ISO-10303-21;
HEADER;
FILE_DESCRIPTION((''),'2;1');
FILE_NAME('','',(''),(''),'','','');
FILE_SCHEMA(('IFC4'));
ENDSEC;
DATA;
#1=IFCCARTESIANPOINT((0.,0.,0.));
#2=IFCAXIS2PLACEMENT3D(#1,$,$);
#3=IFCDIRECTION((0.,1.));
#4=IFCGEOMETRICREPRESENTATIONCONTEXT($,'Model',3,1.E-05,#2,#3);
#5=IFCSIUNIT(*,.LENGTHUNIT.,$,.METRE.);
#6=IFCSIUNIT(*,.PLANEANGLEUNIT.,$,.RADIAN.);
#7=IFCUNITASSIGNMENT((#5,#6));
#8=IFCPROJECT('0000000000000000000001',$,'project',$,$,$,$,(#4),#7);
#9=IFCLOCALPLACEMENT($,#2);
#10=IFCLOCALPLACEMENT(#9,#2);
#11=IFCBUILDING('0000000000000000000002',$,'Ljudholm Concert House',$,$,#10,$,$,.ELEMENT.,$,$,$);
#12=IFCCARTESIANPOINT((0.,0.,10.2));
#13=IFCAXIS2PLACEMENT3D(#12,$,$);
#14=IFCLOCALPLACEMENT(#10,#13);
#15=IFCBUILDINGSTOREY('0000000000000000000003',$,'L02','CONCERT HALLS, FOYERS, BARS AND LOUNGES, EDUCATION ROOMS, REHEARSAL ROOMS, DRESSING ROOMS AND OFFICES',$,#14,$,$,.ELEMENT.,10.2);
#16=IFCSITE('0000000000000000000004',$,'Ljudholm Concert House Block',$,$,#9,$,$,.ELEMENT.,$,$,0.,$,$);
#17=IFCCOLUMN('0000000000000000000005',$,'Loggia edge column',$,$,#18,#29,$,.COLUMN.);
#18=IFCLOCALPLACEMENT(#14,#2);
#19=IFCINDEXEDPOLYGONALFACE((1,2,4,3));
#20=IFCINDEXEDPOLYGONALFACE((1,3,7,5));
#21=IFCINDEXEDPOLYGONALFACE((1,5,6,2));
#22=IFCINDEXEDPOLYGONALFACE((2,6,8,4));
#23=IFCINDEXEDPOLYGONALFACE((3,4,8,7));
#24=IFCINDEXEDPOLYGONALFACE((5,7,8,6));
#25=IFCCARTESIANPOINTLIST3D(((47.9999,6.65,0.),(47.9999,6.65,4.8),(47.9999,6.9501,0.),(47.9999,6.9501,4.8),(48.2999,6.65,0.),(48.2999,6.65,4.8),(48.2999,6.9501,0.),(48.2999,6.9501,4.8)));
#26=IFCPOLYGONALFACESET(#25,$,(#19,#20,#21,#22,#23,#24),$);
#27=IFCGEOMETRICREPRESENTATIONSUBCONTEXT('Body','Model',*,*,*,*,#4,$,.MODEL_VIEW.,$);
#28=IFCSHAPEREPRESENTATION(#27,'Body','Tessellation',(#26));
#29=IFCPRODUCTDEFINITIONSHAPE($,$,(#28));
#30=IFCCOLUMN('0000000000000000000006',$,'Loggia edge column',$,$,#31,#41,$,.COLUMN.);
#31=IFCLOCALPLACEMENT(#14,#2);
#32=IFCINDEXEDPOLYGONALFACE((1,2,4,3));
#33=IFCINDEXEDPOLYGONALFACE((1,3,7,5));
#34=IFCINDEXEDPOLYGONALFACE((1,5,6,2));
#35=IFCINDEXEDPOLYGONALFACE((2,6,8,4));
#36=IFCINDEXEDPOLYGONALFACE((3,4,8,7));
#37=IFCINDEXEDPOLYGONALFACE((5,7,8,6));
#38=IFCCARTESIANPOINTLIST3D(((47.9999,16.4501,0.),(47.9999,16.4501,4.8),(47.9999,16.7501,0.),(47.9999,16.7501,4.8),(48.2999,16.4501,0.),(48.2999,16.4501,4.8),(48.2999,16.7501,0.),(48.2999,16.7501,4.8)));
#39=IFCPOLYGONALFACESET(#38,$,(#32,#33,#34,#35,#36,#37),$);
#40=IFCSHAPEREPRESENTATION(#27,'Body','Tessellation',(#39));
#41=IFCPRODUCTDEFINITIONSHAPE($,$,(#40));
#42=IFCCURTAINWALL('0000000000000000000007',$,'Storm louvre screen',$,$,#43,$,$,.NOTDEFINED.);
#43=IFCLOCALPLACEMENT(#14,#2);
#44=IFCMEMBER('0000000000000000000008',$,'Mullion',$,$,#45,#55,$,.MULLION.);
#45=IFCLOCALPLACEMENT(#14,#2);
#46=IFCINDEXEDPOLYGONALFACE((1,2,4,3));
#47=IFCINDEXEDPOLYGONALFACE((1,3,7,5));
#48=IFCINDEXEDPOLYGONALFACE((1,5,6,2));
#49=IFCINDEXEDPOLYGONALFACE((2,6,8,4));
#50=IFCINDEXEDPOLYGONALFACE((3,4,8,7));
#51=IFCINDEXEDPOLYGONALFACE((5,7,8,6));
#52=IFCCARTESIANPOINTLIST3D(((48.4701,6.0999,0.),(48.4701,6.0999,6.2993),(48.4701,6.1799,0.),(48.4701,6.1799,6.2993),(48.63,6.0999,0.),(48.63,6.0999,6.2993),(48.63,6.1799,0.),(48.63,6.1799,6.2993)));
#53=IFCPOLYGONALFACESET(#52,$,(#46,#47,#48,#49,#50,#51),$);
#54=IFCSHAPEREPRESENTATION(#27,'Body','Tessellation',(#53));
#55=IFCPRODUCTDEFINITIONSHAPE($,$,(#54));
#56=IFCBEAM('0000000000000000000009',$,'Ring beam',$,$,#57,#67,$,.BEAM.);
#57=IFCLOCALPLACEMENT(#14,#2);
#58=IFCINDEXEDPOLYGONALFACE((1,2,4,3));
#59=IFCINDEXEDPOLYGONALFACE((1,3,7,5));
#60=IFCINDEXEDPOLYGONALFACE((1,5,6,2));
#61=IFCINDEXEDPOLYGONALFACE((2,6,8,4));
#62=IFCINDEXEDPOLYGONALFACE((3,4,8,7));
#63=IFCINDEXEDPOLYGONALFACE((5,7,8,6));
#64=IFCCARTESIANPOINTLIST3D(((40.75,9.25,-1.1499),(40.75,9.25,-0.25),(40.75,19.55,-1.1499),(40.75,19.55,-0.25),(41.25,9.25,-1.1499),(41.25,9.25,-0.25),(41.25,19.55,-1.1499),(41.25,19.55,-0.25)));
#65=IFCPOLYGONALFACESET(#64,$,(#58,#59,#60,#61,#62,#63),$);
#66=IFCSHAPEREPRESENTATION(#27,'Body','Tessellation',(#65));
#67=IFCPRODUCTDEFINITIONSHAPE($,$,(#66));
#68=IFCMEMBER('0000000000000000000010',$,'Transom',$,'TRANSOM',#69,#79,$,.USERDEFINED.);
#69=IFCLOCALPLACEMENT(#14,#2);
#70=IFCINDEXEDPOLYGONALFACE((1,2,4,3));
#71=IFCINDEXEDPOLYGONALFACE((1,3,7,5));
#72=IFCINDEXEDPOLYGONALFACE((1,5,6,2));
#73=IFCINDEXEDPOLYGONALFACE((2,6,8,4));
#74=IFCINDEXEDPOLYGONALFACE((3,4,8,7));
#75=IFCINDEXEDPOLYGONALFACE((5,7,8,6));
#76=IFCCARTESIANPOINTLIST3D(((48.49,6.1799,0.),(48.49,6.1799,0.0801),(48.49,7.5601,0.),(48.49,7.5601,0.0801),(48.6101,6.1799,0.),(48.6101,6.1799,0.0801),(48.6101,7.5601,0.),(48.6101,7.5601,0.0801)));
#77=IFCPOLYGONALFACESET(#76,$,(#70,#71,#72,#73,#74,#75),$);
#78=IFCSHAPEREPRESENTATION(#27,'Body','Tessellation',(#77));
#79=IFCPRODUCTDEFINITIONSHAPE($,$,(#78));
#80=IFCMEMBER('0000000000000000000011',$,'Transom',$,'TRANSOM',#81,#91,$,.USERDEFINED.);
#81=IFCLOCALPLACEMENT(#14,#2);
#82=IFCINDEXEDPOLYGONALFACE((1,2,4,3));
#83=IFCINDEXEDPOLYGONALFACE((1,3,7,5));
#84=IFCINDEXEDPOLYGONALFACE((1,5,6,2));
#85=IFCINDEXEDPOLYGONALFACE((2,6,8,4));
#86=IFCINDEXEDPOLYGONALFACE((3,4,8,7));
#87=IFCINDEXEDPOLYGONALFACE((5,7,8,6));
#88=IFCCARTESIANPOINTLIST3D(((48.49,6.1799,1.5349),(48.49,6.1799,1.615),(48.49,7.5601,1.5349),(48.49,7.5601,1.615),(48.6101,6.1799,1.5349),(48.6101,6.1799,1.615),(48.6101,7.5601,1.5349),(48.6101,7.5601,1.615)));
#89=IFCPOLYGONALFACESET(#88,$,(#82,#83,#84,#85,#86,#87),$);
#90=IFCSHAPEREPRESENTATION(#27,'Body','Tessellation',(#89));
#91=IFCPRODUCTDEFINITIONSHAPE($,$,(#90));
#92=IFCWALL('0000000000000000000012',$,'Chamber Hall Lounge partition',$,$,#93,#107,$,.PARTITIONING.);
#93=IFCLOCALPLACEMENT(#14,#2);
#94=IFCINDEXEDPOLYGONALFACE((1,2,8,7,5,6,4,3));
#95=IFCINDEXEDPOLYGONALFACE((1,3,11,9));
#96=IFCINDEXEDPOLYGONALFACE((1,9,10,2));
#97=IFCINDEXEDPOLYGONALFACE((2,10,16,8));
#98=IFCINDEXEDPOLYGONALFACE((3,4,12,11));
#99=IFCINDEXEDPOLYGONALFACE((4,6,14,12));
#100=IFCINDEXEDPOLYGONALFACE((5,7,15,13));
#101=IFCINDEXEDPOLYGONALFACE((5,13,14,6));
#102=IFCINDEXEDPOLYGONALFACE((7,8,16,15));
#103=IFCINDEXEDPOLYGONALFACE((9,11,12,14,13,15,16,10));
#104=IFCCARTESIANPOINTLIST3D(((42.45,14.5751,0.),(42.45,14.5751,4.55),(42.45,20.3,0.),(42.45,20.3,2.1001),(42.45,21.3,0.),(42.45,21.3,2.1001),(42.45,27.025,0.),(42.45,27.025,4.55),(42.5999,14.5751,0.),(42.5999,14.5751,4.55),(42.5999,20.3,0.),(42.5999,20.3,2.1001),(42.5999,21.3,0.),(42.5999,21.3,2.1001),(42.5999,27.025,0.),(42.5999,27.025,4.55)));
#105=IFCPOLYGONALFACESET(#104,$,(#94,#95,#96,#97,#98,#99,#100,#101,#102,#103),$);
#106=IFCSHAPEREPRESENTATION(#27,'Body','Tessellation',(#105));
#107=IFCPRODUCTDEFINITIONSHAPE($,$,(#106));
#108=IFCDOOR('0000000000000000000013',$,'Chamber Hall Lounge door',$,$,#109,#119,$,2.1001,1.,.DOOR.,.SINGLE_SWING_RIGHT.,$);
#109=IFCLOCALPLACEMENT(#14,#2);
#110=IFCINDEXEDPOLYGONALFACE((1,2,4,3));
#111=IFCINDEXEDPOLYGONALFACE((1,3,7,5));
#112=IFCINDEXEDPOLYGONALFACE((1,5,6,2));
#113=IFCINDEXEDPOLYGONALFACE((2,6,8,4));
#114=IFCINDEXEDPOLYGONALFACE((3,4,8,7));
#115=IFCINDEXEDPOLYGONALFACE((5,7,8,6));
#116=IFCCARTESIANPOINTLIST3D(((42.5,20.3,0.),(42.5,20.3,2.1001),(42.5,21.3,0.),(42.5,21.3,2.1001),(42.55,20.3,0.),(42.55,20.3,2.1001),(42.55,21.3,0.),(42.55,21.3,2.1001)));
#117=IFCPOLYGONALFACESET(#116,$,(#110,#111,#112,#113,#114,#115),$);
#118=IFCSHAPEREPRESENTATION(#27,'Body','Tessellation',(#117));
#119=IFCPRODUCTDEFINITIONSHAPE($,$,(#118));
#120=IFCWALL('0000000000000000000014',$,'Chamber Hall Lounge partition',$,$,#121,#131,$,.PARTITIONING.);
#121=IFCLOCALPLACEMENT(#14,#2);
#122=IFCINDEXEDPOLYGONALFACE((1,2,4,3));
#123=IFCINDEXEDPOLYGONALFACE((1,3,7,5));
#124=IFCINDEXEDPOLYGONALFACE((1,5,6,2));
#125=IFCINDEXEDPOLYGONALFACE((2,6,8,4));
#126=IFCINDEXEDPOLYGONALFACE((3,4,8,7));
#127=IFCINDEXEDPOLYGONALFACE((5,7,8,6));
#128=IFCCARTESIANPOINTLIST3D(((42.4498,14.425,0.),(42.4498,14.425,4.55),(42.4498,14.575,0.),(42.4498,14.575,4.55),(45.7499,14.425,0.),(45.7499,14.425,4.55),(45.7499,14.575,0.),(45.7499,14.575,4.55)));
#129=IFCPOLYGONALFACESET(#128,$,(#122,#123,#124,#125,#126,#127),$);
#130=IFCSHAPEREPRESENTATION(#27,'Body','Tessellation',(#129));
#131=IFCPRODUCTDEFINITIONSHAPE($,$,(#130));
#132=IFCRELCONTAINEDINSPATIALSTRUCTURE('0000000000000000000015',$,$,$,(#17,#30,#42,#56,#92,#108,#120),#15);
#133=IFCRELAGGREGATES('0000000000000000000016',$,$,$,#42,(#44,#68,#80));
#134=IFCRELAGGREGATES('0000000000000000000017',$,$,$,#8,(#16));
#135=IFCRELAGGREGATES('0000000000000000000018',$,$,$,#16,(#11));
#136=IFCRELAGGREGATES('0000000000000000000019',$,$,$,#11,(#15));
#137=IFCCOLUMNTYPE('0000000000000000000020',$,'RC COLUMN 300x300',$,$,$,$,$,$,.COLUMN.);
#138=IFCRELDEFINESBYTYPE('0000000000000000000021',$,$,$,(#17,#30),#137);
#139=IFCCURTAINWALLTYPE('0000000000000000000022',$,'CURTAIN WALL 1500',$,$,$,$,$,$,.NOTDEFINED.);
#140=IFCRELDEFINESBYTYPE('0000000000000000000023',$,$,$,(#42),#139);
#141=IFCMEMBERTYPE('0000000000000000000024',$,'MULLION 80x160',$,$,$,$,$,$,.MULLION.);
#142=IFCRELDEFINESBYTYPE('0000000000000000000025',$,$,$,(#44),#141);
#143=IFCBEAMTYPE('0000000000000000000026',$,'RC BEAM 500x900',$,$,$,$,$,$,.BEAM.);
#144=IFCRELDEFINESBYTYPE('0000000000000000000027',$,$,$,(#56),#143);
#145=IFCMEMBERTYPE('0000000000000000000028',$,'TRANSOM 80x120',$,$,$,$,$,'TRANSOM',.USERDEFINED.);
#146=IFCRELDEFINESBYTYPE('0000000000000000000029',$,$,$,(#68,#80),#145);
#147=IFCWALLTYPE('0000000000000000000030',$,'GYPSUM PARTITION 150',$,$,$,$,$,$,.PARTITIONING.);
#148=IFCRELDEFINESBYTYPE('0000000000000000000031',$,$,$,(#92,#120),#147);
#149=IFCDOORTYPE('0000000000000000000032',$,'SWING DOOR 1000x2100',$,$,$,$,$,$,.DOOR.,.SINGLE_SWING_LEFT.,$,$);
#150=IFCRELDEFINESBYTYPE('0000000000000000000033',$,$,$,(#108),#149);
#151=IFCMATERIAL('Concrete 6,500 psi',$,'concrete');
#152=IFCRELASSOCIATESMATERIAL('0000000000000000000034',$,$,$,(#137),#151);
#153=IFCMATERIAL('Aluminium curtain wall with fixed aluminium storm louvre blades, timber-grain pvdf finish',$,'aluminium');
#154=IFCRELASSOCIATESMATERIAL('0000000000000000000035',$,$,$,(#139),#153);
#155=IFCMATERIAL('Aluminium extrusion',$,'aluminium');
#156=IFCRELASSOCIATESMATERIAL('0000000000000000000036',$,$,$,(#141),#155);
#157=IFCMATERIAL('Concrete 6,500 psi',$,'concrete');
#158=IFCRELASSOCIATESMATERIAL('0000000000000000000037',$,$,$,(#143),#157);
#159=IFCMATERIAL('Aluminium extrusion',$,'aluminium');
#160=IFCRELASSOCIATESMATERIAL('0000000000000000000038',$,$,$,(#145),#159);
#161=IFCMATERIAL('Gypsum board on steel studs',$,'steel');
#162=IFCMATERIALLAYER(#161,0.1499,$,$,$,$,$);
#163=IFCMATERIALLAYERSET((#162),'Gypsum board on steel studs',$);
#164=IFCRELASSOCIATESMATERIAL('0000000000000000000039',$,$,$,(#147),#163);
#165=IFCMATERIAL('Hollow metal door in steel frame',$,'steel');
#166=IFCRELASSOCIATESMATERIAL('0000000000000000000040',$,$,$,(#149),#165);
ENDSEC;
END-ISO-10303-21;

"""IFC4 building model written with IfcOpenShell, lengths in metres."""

from ifc_helpers import new_model, si_unit, direction, frame, frame_2d, origin, origin_2d, place, context, subcontext, project, spatial, rectangle, extrude, material, layer, layer_set, material_profile, profile_set, type_object, element, fill, aggregate, save


model = new_model("IFC4")

# Units and contexts
model_context = context("Model", 3, precision=1e-05, world=origin(), true_north=direction((0.0, 1.0)))
body_context = subcontext(model_context, "Body", "Model", "MODEL_VIEW")
ifc_project = project(units=[si_unit("LENGTHUNIT", "METRE"), si_unit("PLANEANGLEUNIT", "RADIAN")], contexts=[model_context])

# Site, building, storey
site_placement = place(None, origin())
site = spatial("IfcSite", under=ifc_project, at=site_placement, Name="Ljudholm Concert House Block", CompositionType="ELEMENT", RefElevation=0.0)
building_placement = place(site_placement, origin())
building = spatial("IfcBuilding", under=site, at=building_placement, Name="Ljudholm Concert House", CompositionType="ELEMENT")
storey_placement = place(building_placement, frame((0.0, 0.0, 10.2)))
storey = spatial("IfcBuildingStorey", under=building, at=storey_placement, Name="L02", Description="CONCERT HALLS, FOYERS, BARS AND LOUNGES, EDUCATION ROOMS, REHEARSAL ROOMS, DRESSING ROOMS AND OFFICES", CompositionType="ELEMENT", Elevation=10.2)

# Columns
ifc_material_1 = material(Name="Concrete 6,500 psi", Category="concrete")
ifc_material_profile_1 = material_profile(ifc_material_1, rectangle(XDim=0.3, YDim=0.3, at=origin_2d()), Name="RC COLUMN 300x300")
ifc_profile_set_1 = profile_set([ifc_material_profile_1], Name="Concrete 6,500 psi")
column_type = type_object("IfcColumnType", Name="RC COLUMN 300x300", PredefinedType="COLUMN", material=ifc_profile_set_1)
for number, where, z_axis, x_axis, name in (
    (1, (48.1499, 6.8, 0.0), (0.0, 0.0, 1.0), (1.0, 0.0, 0.0), "Loggia edge column"),
    (2, (48.1499, 16.6001, 0.0), (0.0, 0.0, 1.0), (1.0, 0.0, 0.0), "Loggia edge column"),
):
    element("IfcColumn", number, at=place(storey_placement, frame(where, z_axis=z_axis, x_axis=x_axis)), inside=storey, type_object=column_type, Name=name, PredefinedType="COLUMN", context=body_context, shape_type="SweptSolid", body=[
        extrude(rectangle(XDim=0.3, YDim=0.3, at=origin_2d()), origin(), (0.0, 0.0, 1.0), 4.8),
    ])

# Curtain wall, member
ifc_material_2 = material(Name="Aluminium curtain wall with fixed aluminium storm louvre blades, timber-grain pvdf finish", Category="aluminium")
curtain_wall_type = type_object("IfcCurtainWallType", Name="CURTAIN WALL 1500", PredefinedType="NOTDEFINED", material=ifc_material_2)
curtain_wall_placement = place(storey_placement, origin())
curtain_wall = element("IfcCurtainWall", 3, at=curtain_wall_placement, inside=storey, type_object=curtain_wall_type, Name="Storm louvre screen", PredefinedType="NOTDEFINED")
ifc_material_3 = material(Name="Aluminium extrusion", Category="aluminium")
ifc_material_profile_2 = material_profile(ifc_material_3, rectangle(XDim=0.1599, YDim=0.0801, at=origin_2d()), Name="MULLION 80x160")
ifc_profile_set_2 = profile_set([ifc_material_profile_2], Name="Aluminium extrusion")
member_type_1 = type_object("IfcMemberType", Name="MULLION 80x160", PredefinedType="MULLION", material=ifc_profile_set_2)
member_1_placement = place(storey_placement, frame((48.55, 6.1399, 0.0), z_axis=(0.0, 0.0, 1.0), x_axis=(-1.0, 0.0, 0.0)))
member_1 = element("IfcMember", 4, at=member_1_placement, type_object=member_type_1, Name="Mullion", PredefinedType="MULLION", context=body_context, shape_type="SweptSolid", body=[
    extrude(rectangle(XDim=0.1599, YDim=0.0801, at=origin_2d()), origin(), (0.0, 0.0, 1.0), 6.2993),
])

# Beam
ifc_material_4 = material(Name="Concrete 6,500 psi", Category="concrete")
ifc_material_profile_3 = material_profile(ifc_material_4, rectangle(XDim=0.5, YDim=0.8999, at=origin_2d()), Name="RC BEAM 500x900")
ifc_profile_set_3 = profile_set([ifc_material_profile_3], Name="Concrete 6,500 psi")
beam_type = type_object("IfcBeamType", Name="RC BEAM 500x900", PredefinedType="BEAM", material=ifc_profile_set_3)
beam_placement = place(storey_placement, frame((41.0, 9.25, -0.7), z_axis=(0.0, 1.0, 0.0), x_axis=(-1.0, 0.0, 0.0)))
element("IfcBeam", 5, at=beam_placement, inside=storey, type_object=beam_type, Name="Ring beam", PredefinedType="BEAM", context=body_context, shape_type="SweptSolid", body=[
    extrude(rectangle(XDim=0.5, YDim=0.8999, at=origin_2d()), origin(), (0.0, 0.0, 1.0), 10.3),
])

# Members
ifc_material_5 = material(Name="Aluminium extrusion", Category="aluminium")
ifc_material_profile_4 = material_profile(ifc_material_5, rectangle(XDim=0.1201, YDim=0.0801, at=origin_2d()), Name="TRANSOM 80x120")
ifc_profile_set_4 = profile_set([ifc_material_profile_4], Name="Aluminium extrusion")
member_type_2 = type_object("IfcMemberType", Name="TRANSOM 80x120", ElementType="TRANSOM", PredefinedType="USERDEFINED", material=ifc_profile_set_4)
member_2_placement = place(storey_placement, frame((48.55, 6.1799, 0.04), z_axis=(0.0, 1.0, 0.0), x_axis=(-1.0, 0.0, 0.0)))
member_2 = element("IfcMember", 6, at=member_2_placement, type_object=member_type_2, Name="Transom", ObjectType="TRANSOM", PredefinedType="USERDEFINED", context=body_context, shape_type="SweptSolid", body=[
    extrude(rectangle(XDim=0.1201, YDim=0.0801, at=origin_2d()), origin(), (0.0, 0.0, 1.0), 1.3801),
])
member_3_placement = place(storey_placement, frame((48.55, 6.1799, 1.575), z_axis=(0.0, 1.0, 0.0), x_axis=(-1.0, 0.0, 0.0)))
member_3 = element("IfcMember", 7, at=member_3_placement, type_object=member_type_2, Name="Transom", ObjectType="TRANSOM", PredefinedType="USERDEFINED", context=body_context, shape_type="SweptSolid", body=[
    extrude(rectangle(XDim=0.1201, YDim=0.0801, at=origin_2d()), origin(), (0.0, 0.0, 1.0), 1.3801),
])
aggregate(curtain_wall, [member_1, member_2, member_3])

# Wall, opening, door
ifc_material_6 = material(Name="Gypsum board on steel studs", Category="steel")
ifc_layer_1 = layer(ifc_material_6, 0.1499)
ifc_layer_set_1 = layer_set([ifc_layer_1], Name="Gypsum board on steel studs")
wall_type_1 = type_object("IfcWallType", Name="GYPSUM PARTITION 150", PredefinedType="PARTITIONING", material=ifc_layer_set_1)
wall_1_placement = place(storey_placement, frame((42.5249, 14.575, 0.0), z_axis=(0.0, 0.0, 1.0), x_axis=(0.0, 1.0, 0.0)))
wall_1 = element("IfcWall", 8, at=wall_1_placement, inside=storey, type_object=wall_type_1, Name="Chamber Hall Lounge partition", PredefinedType="PARTITIONING", context=body_context, shape_type="SweptSolid", body=[
    extrude(rectangle(XDim=12.45, YDim=0.1499, at=frame_2d((6.2251, 0.0))), origin(), (0.0, 0.0, 1.0), 4.55),
])
opening_1_placement = place(wall_1_placement, frame((5.7251, 0.0, 0.0)))
opening_1 = element("IfcOpeningElement", 9, at=opening_1_placement, cuts=wall_1, PredefinedType="OPENING", context=body_context, shape_type="SweptSolid", body=[
    extrude(rectangle(XDim=1.0, YDim=2.1001, at=frame_2d((0.5, 1.05))), frame((0.0, 0.085, 0.0), z_axis=(0.0, -1.0, 0.0), x_axis=(1.0, 0.0, 0.0)), (0.0, 0.0, 1.0), 0.1699),
])
ifc_material_7 = material(Name="Hollow metal door in steel frame", Category="steel")
door_type_1 = type_object("IfcDoorType", Name="SWING DOOR 1000x2100", OperationType="SINGLE_SWING_LEFT", PredefinedType="DOOR", material=ifc_material_7)
door_1_placement = place(opening_1_placement, origin())
door_1 = element("IfcDoor", 10, at=door_1_placement, inside=storey, type_object=door_type_1, Name="Chamber Hall Lounge door", OperationType="SINGLE_SWING_RIGHT", OverallHeight=2.1001, OverallWidth=1.0, PredefinedType="DOOR", context=body_context, shape_type="SweptSolid", body=[
    extrude(rectangle(XDim=1.0, YDim=2.1001, at=frame_2d((0.5, 1.05))), frame((0.0, 0.0249, 0.0), z_axis=(0.0, -1.0, 0.0), x_axis=(1.0, 0.0, 0.0)), (0.0, 0.0, 1.0), 0.05),
])
fill(opening_1, door_1)

# Wall
wall_2_placement = place(storey_placement, frame((42.45, 14.5, 0.0), z_axis=(0.0, 0.0, 1.0), x_axis=(1.0, 0.0, 0.0)))
element("IfcWall", 11, at=wall_2_placement, inside=storey, type_object=wall_type_1, Name="Chamber Hall Lounge partition", PredefinedType="PARTITIONING", context=body_context, shape_type="SweptSolid", body=[
    extrude(rectangle(XDim=3.3, YDim=0.1499, at=frame_2d((1.6499, 0.0))), origin(), (0.0, 0.0, 1.0), 4.55),
])

save(model, "model.ifc")
